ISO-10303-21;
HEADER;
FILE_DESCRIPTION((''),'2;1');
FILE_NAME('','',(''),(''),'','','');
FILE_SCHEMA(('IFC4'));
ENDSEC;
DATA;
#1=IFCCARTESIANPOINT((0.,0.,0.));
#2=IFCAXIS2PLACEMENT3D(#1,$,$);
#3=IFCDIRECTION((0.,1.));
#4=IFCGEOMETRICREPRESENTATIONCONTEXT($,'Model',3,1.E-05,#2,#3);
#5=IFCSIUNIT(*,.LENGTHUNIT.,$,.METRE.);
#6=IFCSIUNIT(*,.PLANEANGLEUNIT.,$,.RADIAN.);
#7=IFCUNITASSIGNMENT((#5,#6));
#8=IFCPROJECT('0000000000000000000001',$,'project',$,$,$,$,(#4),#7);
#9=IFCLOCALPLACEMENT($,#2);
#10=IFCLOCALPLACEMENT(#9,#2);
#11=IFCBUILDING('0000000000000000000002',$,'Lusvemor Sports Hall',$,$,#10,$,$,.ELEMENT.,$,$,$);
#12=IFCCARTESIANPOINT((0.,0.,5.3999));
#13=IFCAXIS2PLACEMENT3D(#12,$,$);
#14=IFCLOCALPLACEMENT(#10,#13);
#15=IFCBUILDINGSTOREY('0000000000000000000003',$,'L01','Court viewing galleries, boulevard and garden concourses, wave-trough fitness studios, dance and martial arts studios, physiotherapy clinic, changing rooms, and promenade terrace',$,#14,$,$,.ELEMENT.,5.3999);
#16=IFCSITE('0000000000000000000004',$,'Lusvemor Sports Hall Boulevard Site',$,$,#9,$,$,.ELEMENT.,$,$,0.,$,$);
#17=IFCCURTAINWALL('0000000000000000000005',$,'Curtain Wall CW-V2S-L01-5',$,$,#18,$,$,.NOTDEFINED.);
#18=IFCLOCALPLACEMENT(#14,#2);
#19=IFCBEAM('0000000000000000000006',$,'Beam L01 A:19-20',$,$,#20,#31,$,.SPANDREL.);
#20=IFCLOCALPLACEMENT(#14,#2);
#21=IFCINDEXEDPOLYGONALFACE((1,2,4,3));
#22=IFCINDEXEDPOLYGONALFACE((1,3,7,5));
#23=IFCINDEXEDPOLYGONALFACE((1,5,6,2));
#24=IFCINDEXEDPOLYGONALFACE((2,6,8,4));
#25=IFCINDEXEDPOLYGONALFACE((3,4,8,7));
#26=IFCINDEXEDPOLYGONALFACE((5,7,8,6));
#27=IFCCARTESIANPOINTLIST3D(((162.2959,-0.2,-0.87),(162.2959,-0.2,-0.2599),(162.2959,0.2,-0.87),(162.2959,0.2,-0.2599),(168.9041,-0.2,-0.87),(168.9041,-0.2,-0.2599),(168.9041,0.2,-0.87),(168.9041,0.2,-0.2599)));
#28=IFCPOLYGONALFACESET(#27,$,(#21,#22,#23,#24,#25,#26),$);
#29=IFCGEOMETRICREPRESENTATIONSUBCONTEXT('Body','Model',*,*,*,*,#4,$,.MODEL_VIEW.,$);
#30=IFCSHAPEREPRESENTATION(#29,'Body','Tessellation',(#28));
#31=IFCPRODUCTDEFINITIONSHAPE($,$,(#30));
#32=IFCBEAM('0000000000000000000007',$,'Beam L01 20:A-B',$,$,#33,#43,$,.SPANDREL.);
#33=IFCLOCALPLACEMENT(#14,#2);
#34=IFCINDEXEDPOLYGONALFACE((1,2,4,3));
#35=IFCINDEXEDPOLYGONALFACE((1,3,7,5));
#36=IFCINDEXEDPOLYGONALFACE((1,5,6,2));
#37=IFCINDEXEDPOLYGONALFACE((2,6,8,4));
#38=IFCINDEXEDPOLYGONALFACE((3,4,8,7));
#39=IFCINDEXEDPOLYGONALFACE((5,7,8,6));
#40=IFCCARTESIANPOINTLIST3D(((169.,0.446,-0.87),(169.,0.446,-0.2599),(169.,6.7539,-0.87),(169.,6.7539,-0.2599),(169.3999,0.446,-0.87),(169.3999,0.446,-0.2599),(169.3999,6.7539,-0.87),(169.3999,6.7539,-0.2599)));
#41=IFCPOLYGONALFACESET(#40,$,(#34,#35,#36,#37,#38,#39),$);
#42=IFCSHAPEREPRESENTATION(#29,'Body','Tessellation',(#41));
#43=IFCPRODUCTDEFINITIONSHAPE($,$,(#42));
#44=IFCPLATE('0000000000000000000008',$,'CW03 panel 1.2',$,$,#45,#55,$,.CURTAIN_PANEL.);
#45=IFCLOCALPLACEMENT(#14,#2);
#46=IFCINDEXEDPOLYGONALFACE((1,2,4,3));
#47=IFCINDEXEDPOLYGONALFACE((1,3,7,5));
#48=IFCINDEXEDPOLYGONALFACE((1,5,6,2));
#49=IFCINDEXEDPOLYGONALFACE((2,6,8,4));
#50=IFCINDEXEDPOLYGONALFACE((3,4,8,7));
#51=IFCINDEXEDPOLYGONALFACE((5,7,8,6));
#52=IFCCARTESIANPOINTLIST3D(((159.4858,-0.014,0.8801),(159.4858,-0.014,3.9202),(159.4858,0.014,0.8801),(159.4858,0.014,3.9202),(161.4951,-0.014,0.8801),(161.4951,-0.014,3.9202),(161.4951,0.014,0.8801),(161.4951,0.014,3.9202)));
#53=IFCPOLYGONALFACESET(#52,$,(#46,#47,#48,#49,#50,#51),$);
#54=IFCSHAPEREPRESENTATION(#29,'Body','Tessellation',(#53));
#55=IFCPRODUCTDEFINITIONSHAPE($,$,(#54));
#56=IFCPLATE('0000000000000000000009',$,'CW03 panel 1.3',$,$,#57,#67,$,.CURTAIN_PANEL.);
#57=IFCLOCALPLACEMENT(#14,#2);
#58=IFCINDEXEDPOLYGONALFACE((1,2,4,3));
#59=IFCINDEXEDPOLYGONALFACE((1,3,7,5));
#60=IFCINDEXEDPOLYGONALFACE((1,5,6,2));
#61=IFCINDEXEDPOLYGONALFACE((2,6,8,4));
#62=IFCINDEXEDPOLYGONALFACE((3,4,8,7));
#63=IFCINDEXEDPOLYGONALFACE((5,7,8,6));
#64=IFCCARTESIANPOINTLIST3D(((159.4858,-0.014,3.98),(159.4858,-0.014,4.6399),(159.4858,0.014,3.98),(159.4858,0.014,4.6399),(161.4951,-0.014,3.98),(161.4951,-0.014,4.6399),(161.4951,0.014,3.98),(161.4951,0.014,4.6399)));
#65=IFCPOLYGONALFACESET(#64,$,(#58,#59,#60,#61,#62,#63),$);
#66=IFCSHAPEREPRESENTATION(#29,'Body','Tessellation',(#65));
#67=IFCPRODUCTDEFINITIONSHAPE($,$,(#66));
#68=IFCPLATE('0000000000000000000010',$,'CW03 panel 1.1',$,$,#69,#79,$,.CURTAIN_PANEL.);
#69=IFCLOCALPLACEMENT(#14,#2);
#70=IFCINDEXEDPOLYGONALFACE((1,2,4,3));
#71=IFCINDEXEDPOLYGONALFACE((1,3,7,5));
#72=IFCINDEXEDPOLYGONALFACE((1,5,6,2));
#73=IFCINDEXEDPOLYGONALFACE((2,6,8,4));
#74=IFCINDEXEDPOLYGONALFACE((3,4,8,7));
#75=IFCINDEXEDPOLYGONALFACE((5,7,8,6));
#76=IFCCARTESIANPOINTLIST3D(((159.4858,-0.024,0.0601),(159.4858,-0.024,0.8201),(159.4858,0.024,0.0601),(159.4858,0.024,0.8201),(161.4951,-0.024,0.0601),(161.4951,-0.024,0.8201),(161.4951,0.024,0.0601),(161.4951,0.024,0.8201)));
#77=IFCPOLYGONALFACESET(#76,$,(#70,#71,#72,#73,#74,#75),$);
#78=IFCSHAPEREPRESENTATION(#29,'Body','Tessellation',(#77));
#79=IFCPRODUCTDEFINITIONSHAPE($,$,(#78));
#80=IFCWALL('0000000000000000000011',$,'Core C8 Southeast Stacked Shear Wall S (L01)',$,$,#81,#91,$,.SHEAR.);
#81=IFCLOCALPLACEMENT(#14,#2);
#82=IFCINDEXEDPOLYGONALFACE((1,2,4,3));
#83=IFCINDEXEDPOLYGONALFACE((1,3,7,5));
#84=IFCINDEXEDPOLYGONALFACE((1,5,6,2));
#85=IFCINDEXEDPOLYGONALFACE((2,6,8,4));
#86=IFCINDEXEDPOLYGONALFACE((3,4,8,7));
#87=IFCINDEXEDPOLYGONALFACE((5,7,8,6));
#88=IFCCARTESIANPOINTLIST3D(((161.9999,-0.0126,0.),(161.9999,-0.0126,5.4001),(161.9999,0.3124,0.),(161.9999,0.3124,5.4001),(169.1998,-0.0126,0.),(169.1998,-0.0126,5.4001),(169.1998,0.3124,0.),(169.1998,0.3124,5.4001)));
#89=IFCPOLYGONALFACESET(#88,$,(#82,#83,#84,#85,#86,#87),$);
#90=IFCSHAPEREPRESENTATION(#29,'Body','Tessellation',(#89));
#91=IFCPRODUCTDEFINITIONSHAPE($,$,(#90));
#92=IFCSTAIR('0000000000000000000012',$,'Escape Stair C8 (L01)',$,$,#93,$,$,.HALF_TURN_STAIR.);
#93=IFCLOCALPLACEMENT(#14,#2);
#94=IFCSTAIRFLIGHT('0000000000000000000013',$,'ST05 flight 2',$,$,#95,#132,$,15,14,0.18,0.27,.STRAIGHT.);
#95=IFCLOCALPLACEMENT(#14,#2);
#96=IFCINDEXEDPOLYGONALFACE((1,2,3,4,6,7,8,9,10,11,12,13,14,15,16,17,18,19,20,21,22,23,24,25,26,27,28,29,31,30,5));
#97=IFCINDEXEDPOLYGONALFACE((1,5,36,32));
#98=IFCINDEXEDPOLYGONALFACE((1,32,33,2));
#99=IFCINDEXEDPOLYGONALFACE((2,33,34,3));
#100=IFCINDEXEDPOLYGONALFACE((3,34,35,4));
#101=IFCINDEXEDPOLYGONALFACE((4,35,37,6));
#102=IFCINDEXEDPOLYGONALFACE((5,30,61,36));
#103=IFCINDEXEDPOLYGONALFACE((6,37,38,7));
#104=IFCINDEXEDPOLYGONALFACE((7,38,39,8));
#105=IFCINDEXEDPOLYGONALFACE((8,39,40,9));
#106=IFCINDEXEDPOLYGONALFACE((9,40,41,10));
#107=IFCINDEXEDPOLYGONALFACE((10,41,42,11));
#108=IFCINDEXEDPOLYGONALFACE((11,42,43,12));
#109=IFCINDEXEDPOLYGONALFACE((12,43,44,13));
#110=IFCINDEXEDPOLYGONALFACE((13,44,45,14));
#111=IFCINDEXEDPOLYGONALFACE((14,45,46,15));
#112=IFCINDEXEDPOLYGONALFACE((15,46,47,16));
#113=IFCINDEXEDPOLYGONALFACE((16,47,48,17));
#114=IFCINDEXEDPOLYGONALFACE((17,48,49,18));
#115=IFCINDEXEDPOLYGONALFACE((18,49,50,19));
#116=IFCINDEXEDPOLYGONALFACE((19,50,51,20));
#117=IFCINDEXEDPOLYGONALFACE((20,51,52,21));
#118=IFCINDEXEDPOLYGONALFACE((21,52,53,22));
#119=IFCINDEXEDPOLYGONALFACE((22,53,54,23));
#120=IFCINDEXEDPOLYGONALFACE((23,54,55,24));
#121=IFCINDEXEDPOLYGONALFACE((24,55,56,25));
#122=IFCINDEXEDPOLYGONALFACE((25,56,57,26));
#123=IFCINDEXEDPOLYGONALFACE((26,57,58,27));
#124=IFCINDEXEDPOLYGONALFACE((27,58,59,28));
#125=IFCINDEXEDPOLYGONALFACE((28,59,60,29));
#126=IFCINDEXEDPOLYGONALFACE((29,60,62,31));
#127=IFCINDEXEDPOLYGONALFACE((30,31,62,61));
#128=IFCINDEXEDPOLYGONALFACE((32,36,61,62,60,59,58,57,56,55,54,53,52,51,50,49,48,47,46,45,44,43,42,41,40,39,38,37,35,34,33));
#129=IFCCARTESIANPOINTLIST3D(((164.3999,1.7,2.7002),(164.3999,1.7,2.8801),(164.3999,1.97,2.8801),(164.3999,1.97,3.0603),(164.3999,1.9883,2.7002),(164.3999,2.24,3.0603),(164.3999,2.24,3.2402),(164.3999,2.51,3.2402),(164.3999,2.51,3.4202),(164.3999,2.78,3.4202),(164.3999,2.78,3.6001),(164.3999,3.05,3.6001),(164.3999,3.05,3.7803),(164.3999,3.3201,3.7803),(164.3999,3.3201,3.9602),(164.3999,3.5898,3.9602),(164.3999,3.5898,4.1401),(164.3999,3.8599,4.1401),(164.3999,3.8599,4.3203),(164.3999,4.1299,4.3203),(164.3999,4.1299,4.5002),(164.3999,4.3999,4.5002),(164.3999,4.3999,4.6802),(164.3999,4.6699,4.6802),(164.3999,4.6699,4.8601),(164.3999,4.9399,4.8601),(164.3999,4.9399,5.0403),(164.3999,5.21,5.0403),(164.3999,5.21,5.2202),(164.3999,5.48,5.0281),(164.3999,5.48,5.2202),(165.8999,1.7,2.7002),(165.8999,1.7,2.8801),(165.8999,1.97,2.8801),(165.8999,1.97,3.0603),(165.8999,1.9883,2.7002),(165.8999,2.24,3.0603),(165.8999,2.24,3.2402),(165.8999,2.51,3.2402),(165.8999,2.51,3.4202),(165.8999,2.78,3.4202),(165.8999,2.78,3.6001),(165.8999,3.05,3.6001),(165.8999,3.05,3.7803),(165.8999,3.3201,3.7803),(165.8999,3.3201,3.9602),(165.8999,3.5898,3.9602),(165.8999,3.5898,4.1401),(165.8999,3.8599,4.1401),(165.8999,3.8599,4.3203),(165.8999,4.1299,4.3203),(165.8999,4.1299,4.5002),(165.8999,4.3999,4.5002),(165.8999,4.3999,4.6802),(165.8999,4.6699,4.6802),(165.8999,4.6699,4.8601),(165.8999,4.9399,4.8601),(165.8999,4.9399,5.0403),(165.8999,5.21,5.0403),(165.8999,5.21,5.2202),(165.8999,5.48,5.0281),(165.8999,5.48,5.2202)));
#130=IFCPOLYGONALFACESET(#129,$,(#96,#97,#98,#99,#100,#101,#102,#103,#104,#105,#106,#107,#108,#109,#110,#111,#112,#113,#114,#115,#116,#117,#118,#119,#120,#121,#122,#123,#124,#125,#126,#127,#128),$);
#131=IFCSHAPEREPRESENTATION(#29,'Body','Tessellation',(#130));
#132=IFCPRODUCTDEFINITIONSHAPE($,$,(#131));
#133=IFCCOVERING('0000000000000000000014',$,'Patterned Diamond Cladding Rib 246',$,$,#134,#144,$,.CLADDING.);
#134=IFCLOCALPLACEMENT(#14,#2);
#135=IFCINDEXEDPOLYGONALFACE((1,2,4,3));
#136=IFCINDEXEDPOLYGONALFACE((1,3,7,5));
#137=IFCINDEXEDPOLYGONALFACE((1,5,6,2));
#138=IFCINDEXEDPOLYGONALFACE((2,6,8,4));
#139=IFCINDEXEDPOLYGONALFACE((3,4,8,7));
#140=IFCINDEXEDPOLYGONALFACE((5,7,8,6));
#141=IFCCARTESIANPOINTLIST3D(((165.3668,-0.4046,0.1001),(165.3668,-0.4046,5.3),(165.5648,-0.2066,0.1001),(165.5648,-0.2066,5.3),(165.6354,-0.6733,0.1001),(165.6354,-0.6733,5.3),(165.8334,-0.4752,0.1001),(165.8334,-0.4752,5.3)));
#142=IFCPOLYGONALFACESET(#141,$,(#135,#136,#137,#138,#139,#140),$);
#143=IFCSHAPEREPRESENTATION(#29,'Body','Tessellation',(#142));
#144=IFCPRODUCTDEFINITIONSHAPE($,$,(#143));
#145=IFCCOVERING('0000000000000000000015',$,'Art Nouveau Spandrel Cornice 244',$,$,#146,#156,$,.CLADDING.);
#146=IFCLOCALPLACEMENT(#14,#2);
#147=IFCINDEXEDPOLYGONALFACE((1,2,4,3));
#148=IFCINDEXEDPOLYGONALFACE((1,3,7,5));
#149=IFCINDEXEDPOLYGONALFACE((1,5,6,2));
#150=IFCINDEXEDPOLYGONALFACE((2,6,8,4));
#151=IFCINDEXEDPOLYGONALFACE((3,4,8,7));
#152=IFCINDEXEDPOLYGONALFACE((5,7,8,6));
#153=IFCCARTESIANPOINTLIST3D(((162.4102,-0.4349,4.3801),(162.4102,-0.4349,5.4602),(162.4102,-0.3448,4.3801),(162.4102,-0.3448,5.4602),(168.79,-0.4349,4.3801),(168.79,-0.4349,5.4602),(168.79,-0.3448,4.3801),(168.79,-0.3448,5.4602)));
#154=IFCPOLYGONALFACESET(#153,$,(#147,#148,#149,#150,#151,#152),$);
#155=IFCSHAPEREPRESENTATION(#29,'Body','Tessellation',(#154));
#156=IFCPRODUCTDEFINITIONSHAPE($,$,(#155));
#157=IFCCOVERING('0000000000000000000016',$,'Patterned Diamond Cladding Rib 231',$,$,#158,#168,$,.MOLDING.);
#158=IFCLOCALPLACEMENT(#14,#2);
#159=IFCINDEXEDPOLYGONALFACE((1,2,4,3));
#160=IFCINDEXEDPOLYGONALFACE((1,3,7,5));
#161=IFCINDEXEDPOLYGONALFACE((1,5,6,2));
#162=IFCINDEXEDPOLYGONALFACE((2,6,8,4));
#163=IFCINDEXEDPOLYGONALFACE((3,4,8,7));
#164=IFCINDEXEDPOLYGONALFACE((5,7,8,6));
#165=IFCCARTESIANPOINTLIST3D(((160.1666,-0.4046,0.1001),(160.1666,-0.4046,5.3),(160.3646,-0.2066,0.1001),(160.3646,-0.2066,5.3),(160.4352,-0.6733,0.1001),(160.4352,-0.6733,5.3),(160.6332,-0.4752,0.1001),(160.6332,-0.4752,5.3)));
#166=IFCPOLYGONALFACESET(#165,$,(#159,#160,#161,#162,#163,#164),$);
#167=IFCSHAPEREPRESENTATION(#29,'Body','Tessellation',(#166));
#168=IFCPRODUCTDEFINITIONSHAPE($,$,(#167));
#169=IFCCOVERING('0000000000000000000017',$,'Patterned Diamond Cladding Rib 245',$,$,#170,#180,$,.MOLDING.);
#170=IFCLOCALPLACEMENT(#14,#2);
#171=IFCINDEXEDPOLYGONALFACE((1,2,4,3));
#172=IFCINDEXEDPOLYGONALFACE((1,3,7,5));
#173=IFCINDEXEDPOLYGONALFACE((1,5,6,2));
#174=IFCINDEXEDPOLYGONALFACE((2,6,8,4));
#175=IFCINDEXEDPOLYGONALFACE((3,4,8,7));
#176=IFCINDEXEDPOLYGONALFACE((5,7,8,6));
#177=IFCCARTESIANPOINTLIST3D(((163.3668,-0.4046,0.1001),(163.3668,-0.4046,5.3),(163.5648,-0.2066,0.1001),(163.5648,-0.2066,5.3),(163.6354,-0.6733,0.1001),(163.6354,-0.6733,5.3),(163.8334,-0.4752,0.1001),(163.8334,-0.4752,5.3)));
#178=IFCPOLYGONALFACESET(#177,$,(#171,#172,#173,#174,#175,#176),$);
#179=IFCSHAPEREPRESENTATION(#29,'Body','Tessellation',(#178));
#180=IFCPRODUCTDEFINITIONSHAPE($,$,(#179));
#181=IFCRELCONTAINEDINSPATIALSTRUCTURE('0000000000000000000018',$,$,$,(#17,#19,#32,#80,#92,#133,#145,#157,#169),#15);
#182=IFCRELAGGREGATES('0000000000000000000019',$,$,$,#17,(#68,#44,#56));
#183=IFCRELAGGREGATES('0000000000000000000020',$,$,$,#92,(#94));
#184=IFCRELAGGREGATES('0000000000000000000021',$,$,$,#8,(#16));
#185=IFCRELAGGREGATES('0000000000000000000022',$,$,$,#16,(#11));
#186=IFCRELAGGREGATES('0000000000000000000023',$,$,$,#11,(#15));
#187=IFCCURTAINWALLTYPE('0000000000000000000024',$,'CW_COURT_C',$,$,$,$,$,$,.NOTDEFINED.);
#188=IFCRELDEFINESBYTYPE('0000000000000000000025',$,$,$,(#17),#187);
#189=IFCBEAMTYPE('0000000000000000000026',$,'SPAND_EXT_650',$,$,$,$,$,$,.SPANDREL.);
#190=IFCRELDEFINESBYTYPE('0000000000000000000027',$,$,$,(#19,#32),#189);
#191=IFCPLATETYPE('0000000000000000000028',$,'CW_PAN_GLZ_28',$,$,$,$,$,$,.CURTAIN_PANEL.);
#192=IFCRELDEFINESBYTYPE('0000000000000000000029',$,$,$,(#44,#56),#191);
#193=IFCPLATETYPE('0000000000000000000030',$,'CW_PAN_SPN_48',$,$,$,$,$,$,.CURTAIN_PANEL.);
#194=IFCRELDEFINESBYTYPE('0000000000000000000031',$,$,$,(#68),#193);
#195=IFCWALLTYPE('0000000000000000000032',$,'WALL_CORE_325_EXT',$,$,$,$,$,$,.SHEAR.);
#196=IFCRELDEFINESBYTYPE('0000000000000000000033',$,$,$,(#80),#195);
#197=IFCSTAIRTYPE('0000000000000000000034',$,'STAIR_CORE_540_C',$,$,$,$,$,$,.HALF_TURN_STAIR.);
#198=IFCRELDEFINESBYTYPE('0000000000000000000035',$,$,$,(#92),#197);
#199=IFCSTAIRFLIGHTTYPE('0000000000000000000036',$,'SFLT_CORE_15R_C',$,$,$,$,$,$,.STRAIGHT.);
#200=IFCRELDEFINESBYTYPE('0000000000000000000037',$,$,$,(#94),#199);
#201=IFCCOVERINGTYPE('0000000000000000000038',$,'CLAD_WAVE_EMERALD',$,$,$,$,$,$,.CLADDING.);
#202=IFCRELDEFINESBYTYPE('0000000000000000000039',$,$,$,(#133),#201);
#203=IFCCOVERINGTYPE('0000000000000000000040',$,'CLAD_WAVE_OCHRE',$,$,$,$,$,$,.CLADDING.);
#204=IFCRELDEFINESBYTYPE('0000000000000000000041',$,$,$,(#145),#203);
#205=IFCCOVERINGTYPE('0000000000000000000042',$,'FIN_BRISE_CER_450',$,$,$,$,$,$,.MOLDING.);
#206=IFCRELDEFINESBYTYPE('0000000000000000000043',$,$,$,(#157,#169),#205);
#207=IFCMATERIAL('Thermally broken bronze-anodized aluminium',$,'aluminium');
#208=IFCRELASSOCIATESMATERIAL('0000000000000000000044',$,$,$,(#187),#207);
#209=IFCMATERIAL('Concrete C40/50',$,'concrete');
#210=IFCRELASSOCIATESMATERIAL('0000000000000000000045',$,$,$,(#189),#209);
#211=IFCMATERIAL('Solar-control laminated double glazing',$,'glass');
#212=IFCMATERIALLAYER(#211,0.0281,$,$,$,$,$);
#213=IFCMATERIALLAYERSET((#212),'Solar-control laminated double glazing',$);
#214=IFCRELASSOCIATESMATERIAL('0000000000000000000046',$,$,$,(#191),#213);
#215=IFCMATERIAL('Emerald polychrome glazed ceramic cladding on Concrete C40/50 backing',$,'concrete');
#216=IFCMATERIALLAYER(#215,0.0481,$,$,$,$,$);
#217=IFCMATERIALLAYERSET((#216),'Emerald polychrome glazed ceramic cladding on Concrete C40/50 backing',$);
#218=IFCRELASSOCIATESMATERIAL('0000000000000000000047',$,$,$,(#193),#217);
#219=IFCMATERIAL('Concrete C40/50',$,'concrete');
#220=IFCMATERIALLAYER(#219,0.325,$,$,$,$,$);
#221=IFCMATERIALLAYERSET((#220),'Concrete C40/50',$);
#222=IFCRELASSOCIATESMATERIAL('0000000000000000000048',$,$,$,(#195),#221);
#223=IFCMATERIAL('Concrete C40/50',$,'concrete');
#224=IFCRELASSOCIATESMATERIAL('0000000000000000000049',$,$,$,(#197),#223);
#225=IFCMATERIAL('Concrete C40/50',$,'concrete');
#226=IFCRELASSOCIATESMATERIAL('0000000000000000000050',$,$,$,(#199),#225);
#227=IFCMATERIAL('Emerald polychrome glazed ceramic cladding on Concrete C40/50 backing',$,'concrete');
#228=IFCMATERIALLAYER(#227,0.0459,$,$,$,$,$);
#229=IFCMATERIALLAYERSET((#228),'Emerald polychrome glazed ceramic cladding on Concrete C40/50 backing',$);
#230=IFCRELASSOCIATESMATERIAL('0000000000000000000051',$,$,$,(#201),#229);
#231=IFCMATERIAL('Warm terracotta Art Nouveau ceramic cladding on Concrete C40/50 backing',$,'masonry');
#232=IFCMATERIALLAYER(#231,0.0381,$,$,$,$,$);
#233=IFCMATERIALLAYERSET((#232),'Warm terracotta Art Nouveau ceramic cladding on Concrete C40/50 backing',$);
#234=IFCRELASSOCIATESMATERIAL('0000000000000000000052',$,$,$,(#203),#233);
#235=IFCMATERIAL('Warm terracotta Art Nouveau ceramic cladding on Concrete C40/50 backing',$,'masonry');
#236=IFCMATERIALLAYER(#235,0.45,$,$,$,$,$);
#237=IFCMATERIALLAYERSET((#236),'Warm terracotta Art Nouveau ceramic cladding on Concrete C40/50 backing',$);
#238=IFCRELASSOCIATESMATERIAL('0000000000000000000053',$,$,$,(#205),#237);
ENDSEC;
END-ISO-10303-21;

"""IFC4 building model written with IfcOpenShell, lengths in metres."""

from ifc_helpers import new_model, si_unit, direction, frame, frame_2d, origin, origin_2d, place, context, subcontext, project, spatial, polyline, rectangle, outline, extrude, material, layer, layer_set, material_profile, profile_set, type_object, element, aggregate, save


model = new_model("IFC4")

# Units and contexts
model_context = context("Model", 3, precision=1e-05, world=origin(), true_north=direction((0.0, 1.0)))
body_context = subcontext(model_context, "Body", "Model", "MODEL_VIEW")
ifc_project = project(units=[si_unit("LENGTHUNIT", "METRE"), si_unit("PLANEANGLEUNIT", "RADIAN")], contexts=[model_context])

# Site, building, storey
site_placement = place(None, origin())
site = spatial("IfcSite", under=ifc_project, at=site_placement, Name="Lusvemor Sports Hall Boulevard Site", CompositionType="ELEMENT", RefElevation=0.0)
building_placement = place(site_placement, origin())
building = spatial("IfcBuilding", under=site, at=building_placement, Name="Lusvemor Sports Hall", CompositionType="ELEMENT")
storey_placement = place(building_placement, frame((0.0, 0.0, 5.3999)))
storey = spatial("IfcBuildingStorey", under=building, at=storey_placement, Name="L01", Description="Court viewing galleries, boulevard and garden concourses, wave-trough fitness studios, dance and martial arts studios, physiotherapy clinic, changing rooms, and promenade terrace", CompositionType="ELEMENT", Elevation=5.3999)

# Curtain wall
ifc_material_1 = material(Name="Thermally broken bronze-anodized aluminium", Category="aluminium")
curtain_wall_type = type_object("IfcCurtainWallType", Name="CW_COURT_C", PredefinedType="NOTDEFINED", material=ifc_material_1)
curtain_wall_placement = place(storey_placement, origin())
curtain_wall = element("IfcCurtainWall", 1, at=curtain_wall_placement, inside=storey, type_object=curtain_wall_type, Name="Curtain Wall CW-V2S-L01-5", PredefinedType="NOTDEFINED")

# Beams
ifc_material_2 = material(Name="Concrete C40/50", Category="concrete")
ifc_material_profile_1 = material_profile(ifc_material_2, rectangle(XDim=0.3999, YDim=0.6101, at=origin_2d()), Name="RC400x610")
ifc_profile_set_1 = profile_set([ifc_material_profile_1], Name="Concrete C40/50")
beam_type_1 = type_object("IfcBeamType", Name="SPAND_EXT_650", PredefinedType="SPANDREL", material=ifc_profile_set_1)
beam_1_placement = place(storey_placement, frame((162.2959, 0.0, -0.5649), z_axis=(1.0, 0.0, 0.0), x_axis=(0.0, 1.0, 0.0)))
element("IfcBeam", 2, at=beam_1_placement, inside=storey, type_object=beam_type_1, Name="Beam L01 A:19-20", PredefinedType="SPANDREL", context=body_context, shape_type="SweptSolid", body=[
    extrude(rectangle(XDim=0.3999, YDim=0.6101, at=origin_2d()), origin(), (0.0, 0.0, 1.0), 6.6082),
])
beam_2_placement = place(storey_placement, frame((169.2, 0.446, -0.5649), z_axis=(0.0, 1.0, 0.0), x_axis=(-1.0, 0.0, 0.0)))
element("IfcBeam", 3, at=beam_2_placement, inside=storey, type_object=beam_type_1, Name="Beam L01 20:A-B", PredefinedType="SPANDREL", context=body_context, shape_type="SweptSolid", body=[
    extrude(rectangle(XDim=0.3999, YDim=0.6101, at=origin_2d()), origin(), (0.0, 0.0, 1.0), 6.3079),
])

# Plates
ifc_material_3 = material(Name="Solar-control laminated double glazing", Category="glass")
ifc_layer_1 = layer(ifc_material_3, 0.0281)
ifc_layer_set_1 = layer_set([ifc_layer_1], Name="Solar-control laminated double glazing")
plate_type_1 = type_object("IfcPlateType", Name="CW_PAN_GLZ_28", PredefinedType="CURTAIN_PANEL", material=ifc_layer_set_1)
plate_1_placement = place(storey_placement, frame((160.4905, 0.0, 0.8801), z_axis=(0.0, 0.0, 1.0), x_axis=(-1.0, 0.0, 0.0)))
plate_1 = element("IfcPlate", 4, at=plate_1_placement, type_object=plate_type_1, Name="CW03 panel 1.2", PredefinedType="CURTAIN_PANEL", context=body_context, shape_type="SweptSolid", body=[
    extrude(rectangle(XDim=2.0093, YDim=0.0281, at=origin_2d()), origin(), (0.0, 0.0, 1.0), 3.04),
])
plate_2_placement = place(storey_placement, frame((160.4905, 0.0, 3.98), z_axis=(0.0, 0.0, 1.0), x_axis=(-1.0, 0.0, 0.0)))
plate_2 = element("IfcPlate", 5, at=plate_2_placement, type_object=plate_type_1, Name="CW03 panel 1.3", PredefinedType="CURTAIN_PANEL", context=body_context, shape_type="SweptSolid", body=[
    extrude(rectangle(XDim=2.0093, YDim=0.0281, at=origin_2d()), origin(), (0.0, 0.0, 1.0), 0.6599),
])
ifc_material_4 = material(Name="Emerald polychrome glazed ceramic cladding on Concrete C40/50 backing", Category="concrete")
ifc_layer_2 = layer(ifc_material_4, 0.0481)
ifc_layer_set_2 = layer_set([ifc_layer_2], Name="Emerald polychrome glazed ceramic cladding on Concrete C40/50 backing")
plate_type_2 = type_object("IfcPlateType", Name="CW_PAN_SPN_48", PredefinedType="CURTAIN_PANEL", material=ifc_layer_set_2)
plate_3_placement = place(storey_placement, frame((160.4905, 0.0, 0.0601), z_axis=(0.0, 0.0, 1.0), x_axis=(-1.0, 0.0, 0.0)))
plate_3 = element("IfcPlate", 6, at=plate_3_placement, type_object=plate_type_2, Name="CW03 panel 1.1", PredefinedType="CURTAIN_PANEL", context=body_context, shape_type="SweptSolid", body=[
    extrude(rectangle(XDim=2.0093, YDim=0.0481, at=origin_2d()), origin(), (0.0, 0.0, 1.0), 0.76),
])
aggregate(curtain_wall, [plate_3, plate_1, plate_2])

# Wall
ifc_material_5 = material(Name="Concrete C40/50", Category="concrete")
ifc_layer_3 = layer(ifc_material_5, 0.325)
ifc_layer_set_3 = layer_set([ifc_layer_3], Name="Concrete C40/50")
wall_type_1 = type_object("IfcWallType", Name="WALL_CORE_325_EXT", PredefinedType="SHEAR", material=ifc_layer_set_3)
wall_1_placement = place(storey_placement, frame((169.2, 0.1499, 0.0), z_axis=(0.0, 0.0, 1.0), x_axis=(-1.0, 0.0, 0.0)))
element("IfcWall", 7, at=wall_1_placement, inside=storey, type_object=wall_type_1, Name="Core C8 Southeast Stacked Shear Wall S (L01)", PredefinedType="SHEAR", context=body_context, shape_type="SweptSolid", body=[
    extrude(rectangle(XDim=7.2, YDim=0.325, at=frame_2d((3.6001, 0.0))), origin(), (0.0, 0.0, 1.0), 5.4001),
])

# Stair, stair flight
ifc_material_6 = material(Name="Concrete C40/50", Category="concrete")
stair_type = type_object("IfcStairType", Name="STAIR_CORE_540_C", PredefinedType="HALF_TURN_STAIR", material=ifc_material_6)
stair_placement = place(storey_placement, origin())
stair = element("IfcStair", 8, at=stair_placement, inside=storey, type_object=stair_type, Name="Escape Stair C8 (L01)", PredefinedType="HALF_TURN_STAIR")
ifc_material_7 = material(Name="Concrete C40/50", Category="concrete")
stair_flight_type = type_object("IfcStairFlightType", Name="SFLT_CORE_15R_C", PredefinedType="STRAIGHT", material=ifc_material_7)
stair_flight_placement = place(storey_placement, frame((165.1499, 1.7, 2.7002), z_axis=(0.0, 0.0, 1.0), x_axis=(0.0, 1.0, 0.0)))
stair_flight = element("IfcStairFlight", 9, at=stair_flight_placement, type_object=stair_flight_type, Name="ST05 flight 2", NumberOfRisers=15, NumberOfTreads=14, PredefinedType="STRAIGHT", RiserHeight=0.18, TreadLength=0.27, context=body_context, shape_type="SweptSolid", body=[
    extrude(outline(polyline([(0.0, 0.0), (0.0, 0.1799), (0.27, 0.1799), (0.27, 0.3601), (0.54, 0.3601), (0.54, 0.54), (0.8101, 0.54), (0.8101, 0.72), (1.0801, 0.72), (1.0801, 0.8999), (1.3501, 0.8999), (1.3501, 1.0801), (1.6201, 1.0801), (1.6201, 1.26), (1.8899, 1.26), (1.8899, 1.4399), (2.1599, 1.4399), (2.1599, 1.6201), (2.4299, 1.6201), (2.4299, 1.8), (2.7, 1.8), (2.7, 1.98), (2.97, 1.98), (2.97, 2.1599), (3.24, 2.1599), (3.24, 2.3401), (3.51, 2.3401), (3.51, 2.52), (3.78, 2.52), (3.78, 2.7), (3.78, 2.3279), (0.2883, 0.0), (0.0, 0.0)])), frame((0.0, 0.75, 0.0), z_axis=(0.0, -1.0, 0.0), x_axis=(1.0, 0.0, 0.0)), (0.0, 0.0, 1.0), 1.5),
])
aggregate(stair, [stair_flight])

# Coverings
ifc_material_8 = material(Name="Emerald polychrome glazed ceramic cladding on Concrete C40/50 backing", Category="concrete")
ifc_layer_4 = layer(ifc_material_8, 0.0459)
ifc_layer_set_4 = layer_set([ifc_layer_4], Name="Emerald polychrome glazed ceramic cladding on Concrete C40/50 backing")
covering_type_1 = type_object("IfcCoveringType", Name="CLAD_WAVE_EMERALD", PredefinedType="CLADDING", material=ifc_layer_set_4)
covering_1_placement = place(storey_placement, frame((165.6001, -0.4399, 0.1001), z_axis=(0.0, 0.0, 1.0), x_axis=(0.707107, 0.707107, 0.0)))
element("IfcCovering", 10, at=covering_1_placement, inside=storey, type_object=covering_type_1, Name="Patterned Diamond Cladding Rib 246", PredefinedType="CLADDING", context=body_context, shape_type="SweptSolid", body=[
    extrude(rectangle(XDim=0.28, YDim=0.3799, at=origin_2d()), origin(), (0.0, 0.0, 1.0), 5.2),
])
ifc_material_9 = material(Name="Warm terracotta Art Nouveau ceramic cladding on Concrete C40/50 backing", Category="masonry")
ifc_layer_5 = layer(ifc_material_9, 0.0381)
ifc_layer_set_5 = layer_set([ifc_layer_5], Name="Warm terracotta Art Nouveau ceramic cladding on Concrete C40/50 backing")
covering_type_2 = type_object("IfcCoveringType", Name="CLAD_WAVE_OCHRE", PredefinedType="CLADDING", material=ifc_layer_set_5)
covering_2_placement = place(storey_placement, frame((165.6001, -0.3899, 4.3801), z_axis=(0.0, 0.0, 1.0), x_axis=(1.0, 0.0, 0.0)))
element("IfcCovering", 11, at=covering_2_placement, inside=storey, type_object=covering_type_2, Name="Art Nouveau Spandrel Cornice 244", PredefinedType="CLADDING", context=body_context, shape_type="SweptSolid", body=[
    extrude(rectangle(XDim=6.3799, YDim=0.0901, at=origin_2d()), origin(), (0.0, 0.0, 1.0), 1.0801),
])
ifc_material_10 = material(Name="Warm terracotta Art Nouveau ceramic cladding on Concrete C40/50 backing", Category="masonry")
ifc_layer_6 = layer(ifc_material_10, 0.45)
ifc_layer_set_6 = layer_set([ifc_layer_6], Name="Warm terracotta Art Nouveau ceramic cladding on Concrete C40/50 backing")
covering_type_3 = type_object("IfcCoveringType", Name="FIN_BRISE_CER_450", PredefinedType="MOLDING", material=ifc_layer_set_6)
for number, where, z_axis, x_axis, name in (
    (12, (160.3999, -0.4399, 0.1001), (0.0, 0.0, 1.0), (0.707107, 0.707107, 0.0), "Patterned Diamond Cladding Rib 231"),
    (13, (163.6001, -0.4399, 0.1001), (0.0, 0.0, 1.0), (0.707107, 0.707107, 0.0), "Patterned Diamond Cladding Rib 245"),
):
    element("IfcCovering", number, at=place(storey_placement, frame(where, z_axis=z_axis, x_axis=x_axis)), inside=storey, type_object=covering_type_3, Name=name, PredefinedType="MOLDING", context=body_context, shape_type="SweptSolid", body=[
        extrude(rectangle(XDim=0.28, YDim=0.3799, at=origin_2d()), origin(), (0.0, 0.0, 1.0), 5.2),
    ])

save(model, "model.ifc")
